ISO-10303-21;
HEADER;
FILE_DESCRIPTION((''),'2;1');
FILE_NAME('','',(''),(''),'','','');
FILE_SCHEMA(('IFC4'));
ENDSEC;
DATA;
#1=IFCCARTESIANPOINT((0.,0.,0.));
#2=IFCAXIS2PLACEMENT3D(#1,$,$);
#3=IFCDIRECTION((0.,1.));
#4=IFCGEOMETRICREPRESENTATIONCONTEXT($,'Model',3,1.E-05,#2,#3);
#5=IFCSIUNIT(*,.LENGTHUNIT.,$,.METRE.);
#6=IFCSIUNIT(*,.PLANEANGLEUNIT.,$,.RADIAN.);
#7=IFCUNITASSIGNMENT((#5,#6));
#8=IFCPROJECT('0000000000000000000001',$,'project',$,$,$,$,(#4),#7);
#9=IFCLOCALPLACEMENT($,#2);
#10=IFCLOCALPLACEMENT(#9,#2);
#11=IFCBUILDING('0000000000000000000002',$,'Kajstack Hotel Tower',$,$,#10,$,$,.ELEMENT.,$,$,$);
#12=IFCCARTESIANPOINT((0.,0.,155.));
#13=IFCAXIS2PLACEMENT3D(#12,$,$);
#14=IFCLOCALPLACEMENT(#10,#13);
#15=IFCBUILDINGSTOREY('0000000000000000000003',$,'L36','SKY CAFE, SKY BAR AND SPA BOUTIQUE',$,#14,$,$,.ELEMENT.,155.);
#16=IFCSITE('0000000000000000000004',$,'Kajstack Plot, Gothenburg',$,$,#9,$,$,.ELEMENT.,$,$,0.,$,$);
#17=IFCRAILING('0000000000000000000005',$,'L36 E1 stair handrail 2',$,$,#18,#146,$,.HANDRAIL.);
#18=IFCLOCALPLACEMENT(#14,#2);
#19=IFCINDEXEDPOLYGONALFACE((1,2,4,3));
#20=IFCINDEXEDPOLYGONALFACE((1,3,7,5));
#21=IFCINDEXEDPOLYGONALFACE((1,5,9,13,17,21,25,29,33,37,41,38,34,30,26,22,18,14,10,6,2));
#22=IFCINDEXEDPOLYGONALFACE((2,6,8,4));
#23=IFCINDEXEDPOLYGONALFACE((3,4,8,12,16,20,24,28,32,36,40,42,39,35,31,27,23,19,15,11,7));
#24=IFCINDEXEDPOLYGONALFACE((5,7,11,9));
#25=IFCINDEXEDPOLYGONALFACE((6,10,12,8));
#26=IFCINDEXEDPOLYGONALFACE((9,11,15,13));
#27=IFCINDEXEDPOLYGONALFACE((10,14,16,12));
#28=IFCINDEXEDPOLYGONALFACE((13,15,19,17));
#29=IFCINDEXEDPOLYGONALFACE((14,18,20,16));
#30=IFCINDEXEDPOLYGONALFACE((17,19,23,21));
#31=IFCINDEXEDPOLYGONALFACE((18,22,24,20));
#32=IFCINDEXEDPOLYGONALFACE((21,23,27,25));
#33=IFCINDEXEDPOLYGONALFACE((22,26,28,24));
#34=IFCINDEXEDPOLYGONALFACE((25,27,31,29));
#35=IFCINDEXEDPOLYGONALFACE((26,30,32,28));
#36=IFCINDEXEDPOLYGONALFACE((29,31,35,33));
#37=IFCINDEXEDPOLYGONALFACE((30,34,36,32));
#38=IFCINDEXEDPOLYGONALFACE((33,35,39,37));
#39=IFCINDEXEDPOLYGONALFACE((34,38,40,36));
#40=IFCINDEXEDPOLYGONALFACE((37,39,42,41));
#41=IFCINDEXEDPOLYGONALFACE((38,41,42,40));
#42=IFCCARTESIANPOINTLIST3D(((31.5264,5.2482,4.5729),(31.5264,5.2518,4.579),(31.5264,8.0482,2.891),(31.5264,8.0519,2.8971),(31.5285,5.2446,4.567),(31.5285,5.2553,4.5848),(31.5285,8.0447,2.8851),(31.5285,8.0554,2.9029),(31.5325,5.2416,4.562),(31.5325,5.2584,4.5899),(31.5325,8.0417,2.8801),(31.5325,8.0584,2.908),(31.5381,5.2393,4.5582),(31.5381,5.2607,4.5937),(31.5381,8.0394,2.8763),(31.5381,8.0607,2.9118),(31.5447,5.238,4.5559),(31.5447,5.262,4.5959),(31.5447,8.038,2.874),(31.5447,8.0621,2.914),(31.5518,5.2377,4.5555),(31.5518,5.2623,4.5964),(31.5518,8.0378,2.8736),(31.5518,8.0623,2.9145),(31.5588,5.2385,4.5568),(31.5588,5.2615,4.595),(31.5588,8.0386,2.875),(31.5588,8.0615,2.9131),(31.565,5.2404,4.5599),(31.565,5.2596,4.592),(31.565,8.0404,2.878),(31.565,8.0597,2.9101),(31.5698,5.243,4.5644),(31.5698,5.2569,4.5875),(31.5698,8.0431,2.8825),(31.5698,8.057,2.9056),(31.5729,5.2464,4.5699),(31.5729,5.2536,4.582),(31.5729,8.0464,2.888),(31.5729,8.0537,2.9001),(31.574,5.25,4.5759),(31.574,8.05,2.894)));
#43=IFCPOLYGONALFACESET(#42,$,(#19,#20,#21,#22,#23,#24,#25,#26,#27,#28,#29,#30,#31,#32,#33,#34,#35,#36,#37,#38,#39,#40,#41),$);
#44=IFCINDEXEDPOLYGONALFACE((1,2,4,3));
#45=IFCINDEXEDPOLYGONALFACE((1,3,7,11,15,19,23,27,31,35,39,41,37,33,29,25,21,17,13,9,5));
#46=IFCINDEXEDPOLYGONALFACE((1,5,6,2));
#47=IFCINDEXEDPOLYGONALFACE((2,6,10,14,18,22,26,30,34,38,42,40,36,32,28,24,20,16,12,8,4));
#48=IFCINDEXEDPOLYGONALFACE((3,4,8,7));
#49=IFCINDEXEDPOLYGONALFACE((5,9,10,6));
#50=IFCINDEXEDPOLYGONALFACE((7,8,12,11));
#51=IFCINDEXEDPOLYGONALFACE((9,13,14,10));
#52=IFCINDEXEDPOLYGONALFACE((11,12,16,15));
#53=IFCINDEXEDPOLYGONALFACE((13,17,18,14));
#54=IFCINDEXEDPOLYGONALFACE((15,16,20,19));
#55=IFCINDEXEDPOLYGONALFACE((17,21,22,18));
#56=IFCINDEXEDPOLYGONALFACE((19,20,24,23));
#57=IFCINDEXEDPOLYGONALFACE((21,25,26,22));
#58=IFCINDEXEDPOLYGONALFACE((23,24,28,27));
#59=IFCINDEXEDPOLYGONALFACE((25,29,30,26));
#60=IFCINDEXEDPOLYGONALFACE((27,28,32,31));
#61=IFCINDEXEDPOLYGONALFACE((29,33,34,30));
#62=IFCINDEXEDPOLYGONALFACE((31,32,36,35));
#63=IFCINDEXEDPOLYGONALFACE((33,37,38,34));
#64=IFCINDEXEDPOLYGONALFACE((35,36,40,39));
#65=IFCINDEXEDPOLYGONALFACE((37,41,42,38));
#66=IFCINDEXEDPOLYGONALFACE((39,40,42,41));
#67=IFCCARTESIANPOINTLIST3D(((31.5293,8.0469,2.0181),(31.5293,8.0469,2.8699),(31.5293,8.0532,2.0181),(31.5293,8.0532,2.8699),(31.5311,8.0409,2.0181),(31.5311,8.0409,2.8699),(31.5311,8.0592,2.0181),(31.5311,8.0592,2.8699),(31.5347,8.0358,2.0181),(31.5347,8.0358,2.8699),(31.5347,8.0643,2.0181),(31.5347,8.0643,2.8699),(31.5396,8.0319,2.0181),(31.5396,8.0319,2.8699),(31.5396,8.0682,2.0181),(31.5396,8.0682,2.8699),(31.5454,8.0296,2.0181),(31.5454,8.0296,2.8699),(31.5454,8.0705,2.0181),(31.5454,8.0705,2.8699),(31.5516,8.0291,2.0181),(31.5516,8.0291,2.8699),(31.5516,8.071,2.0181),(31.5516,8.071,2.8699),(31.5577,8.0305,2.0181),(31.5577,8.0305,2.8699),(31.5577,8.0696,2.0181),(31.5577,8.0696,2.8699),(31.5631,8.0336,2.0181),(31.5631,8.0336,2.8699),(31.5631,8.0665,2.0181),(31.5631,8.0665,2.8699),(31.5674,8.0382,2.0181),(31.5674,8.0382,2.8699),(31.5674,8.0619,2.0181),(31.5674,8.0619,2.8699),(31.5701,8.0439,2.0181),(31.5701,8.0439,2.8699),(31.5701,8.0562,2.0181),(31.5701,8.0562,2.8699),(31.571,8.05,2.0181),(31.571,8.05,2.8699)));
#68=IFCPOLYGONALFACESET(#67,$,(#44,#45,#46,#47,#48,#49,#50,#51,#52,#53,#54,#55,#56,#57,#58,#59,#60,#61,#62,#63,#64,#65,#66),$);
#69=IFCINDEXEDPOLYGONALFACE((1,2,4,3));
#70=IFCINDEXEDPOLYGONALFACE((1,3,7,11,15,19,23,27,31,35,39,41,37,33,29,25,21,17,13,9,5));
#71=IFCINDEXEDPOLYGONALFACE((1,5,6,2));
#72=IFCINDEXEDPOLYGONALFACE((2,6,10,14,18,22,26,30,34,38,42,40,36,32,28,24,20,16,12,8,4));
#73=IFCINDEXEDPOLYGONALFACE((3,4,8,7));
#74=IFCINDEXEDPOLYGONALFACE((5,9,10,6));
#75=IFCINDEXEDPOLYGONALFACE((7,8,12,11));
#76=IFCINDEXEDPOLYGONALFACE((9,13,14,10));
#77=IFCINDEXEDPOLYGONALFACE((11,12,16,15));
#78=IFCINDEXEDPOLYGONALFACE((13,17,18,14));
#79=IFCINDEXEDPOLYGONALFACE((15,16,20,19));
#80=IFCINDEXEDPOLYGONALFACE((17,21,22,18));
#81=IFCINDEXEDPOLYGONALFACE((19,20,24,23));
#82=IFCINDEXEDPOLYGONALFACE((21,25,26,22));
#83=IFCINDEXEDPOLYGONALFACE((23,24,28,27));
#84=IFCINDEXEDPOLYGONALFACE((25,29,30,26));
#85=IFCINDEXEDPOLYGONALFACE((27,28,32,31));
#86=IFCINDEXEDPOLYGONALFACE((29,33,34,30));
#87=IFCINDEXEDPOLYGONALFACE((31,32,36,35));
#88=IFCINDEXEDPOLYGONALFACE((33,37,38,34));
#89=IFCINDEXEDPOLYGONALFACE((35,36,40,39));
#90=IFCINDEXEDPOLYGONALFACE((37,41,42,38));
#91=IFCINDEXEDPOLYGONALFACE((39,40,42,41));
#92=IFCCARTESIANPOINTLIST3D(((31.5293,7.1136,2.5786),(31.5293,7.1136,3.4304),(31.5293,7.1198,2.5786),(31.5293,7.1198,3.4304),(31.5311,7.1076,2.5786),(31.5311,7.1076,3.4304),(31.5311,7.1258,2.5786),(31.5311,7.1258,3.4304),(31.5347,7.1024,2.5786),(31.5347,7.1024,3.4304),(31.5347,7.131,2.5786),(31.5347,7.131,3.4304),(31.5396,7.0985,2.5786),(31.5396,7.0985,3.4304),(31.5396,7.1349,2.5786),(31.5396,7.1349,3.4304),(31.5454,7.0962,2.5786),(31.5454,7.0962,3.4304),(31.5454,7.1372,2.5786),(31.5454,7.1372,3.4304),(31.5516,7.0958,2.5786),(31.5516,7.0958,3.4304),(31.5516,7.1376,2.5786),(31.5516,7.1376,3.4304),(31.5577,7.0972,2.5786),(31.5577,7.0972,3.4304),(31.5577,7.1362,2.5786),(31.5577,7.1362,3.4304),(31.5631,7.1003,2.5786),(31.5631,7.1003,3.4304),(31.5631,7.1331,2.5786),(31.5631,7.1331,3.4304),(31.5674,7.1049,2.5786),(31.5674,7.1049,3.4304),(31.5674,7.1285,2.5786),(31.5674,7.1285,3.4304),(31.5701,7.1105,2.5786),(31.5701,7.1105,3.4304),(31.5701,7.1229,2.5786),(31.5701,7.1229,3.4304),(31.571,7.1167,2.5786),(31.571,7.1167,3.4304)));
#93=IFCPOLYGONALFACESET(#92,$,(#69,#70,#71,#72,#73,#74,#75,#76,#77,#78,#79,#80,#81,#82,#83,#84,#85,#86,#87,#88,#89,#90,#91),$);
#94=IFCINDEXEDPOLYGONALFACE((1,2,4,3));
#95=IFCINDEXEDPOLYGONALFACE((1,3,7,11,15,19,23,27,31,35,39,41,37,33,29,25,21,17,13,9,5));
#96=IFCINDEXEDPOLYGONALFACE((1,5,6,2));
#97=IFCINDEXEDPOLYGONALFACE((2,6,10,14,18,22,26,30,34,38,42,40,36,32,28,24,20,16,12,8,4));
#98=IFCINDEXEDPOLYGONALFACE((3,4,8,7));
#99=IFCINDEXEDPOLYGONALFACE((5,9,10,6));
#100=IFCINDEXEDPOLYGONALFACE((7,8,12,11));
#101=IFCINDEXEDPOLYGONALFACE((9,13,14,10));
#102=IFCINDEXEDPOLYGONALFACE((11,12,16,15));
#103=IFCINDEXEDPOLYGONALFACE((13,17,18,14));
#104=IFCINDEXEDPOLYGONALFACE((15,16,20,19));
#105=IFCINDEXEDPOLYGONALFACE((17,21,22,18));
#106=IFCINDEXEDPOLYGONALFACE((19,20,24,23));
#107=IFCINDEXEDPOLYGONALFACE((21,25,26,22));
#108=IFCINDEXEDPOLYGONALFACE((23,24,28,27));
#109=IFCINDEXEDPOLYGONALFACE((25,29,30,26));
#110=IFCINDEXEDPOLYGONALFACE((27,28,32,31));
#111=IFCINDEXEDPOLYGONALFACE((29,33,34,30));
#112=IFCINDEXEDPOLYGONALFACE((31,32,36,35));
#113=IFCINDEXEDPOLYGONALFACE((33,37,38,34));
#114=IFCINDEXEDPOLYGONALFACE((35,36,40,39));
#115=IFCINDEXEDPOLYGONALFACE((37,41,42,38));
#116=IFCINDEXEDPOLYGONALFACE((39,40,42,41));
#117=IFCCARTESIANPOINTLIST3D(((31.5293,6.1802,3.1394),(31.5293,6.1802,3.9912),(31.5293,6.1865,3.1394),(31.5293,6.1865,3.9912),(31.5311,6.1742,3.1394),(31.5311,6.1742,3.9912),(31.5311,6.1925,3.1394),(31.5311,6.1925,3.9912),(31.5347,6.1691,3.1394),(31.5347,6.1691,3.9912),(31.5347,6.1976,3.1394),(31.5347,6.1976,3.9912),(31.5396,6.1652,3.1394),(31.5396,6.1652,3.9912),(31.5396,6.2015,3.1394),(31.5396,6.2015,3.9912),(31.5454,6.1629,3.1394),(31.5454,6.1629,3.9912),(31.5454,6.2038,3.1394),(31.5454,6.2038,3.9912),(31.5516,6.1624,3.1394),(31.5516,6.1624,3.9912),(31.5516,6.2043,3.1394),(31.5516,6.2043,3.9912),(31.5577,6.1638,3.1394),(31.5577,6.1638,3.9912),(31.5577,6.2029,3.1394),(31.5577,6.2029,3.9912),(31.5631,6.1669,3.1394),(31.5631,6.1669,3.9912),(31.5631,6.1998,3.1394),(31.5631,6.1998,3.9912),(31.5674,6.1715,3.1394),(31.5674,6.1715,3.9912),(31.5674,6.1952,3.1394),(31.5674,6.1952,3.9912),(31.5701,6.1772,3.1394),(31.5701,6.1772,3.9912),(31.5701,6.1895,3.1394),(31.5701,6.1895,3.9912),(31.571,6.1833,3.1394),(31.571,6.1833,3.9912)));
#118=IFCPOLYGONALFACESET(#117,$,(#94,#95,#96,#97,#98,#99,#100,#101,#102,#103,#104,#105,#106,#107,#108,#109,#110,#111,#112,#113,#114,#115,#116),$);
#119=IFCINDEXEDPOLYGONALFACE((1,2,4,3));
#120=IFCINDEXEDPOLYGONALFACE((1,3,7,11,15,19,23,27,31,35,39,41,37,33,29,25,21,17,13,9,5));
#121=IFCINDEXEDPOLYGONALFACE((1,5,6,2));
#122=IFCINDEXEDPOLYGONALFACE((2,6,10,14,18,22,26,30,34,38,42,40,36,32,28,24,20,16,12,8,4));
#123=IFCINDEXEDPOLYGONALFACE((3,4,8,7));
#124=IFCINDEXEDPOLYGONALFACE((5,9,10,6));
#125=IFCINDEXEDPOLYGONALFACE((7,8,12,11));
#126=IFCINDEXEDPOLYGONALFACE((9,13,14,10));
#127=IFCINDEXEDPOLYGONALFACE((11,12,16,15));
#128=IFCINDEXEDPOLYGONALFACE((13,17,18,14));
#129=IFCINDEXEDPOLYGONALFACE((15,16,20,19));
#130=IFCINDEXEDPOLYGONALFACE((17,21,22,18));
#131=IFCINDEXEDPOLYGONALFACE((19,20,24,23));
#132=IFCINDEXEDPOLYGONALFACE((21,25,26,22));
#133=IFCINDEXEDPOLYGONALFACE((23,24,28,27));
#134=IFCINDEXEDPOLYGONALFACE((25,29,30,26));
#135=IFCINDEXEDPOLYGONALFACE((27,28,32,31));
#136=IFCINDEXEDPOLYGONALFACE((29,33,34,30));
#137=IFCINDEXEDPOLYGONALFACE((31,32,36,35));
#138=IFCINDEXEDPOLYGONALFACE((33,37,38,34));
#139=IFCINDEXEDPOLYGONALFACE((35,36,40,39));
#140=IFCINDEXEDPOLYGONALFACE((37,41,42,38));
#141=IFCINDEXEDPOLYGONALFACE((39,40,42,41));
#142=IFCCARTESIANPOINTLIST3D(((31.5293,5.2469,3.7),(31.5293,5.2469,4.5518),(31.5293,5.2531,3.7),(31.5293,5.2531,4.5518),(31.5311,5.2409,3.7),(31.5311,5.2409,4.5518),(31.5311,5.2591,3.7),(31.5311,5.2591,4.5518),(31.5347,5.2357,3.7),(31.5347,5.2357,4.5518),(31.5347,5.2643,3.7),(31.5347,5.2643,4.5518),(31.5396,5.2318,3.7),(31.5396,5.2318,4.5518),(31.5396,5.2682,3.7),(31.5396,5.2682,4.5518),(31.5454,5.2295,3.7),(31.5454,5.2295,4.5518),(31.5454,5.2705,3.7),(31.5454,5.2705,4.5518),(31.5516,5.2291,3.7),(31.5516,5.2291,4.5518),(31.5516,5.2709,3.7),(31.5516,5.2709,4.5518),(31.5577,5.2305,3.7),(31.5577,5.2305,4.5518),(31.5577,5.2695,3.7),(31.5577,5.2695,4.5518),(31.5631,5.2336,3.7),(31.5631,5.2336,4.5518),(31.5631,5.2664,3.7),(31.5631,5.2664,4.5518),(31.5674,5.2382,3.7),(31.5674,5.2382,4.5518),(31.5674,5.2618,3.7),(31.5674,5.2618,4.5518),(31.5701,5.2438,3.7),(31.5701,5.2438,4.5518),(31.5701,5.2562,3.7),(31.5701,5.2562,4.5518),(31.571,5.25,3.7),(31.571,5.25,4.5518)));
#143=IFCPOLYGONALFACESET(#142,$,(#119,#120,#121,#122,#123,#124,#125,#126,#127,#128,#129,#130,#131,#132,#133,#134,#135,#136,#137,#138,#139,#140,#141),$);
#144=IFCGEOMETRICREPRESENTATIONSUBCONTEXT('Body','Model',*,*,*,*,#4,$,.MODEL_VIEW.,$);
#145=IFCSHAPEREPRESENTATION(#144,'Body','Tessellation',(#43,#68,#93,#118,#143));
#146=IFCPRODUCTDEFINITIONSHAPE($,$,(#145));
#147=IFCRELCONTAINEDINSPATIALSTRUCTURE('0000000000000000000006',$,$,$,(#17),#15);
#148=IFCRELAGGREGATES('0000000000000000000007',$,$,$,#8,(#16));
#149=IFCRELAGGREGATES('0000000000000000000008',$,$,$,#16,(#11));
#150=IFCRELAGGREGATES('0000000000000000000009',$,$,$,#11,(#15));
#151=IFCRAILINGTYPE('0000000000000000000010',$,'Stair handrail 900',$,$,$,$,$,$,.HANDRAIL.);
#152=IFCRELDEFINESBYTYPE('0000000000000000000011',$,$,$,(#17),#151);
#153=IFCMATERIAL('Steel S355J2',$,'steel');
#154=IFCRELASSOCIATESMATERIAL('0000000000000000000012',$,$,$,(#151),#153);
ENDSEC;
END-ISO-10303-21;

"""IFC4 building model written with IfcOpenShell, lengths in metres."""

from ifc_helpers import new_model, si_unit, direction, frame, origin, origin_2d, place, context, subcontext, project, spatial, circle, extrude, material, type_object, element, save


model = new_model("IFC4")

# Units and contexts
model_context = context("Model", 3, precision=1e-05, world=origin(), true_north=direction((0.0, 1.0)))
body_context = subcontext(model_context, "Body", "Model", "MODEL_VIEW")
ifc_project = project(units=[si_unit("LENGTHUNIT", "METRE"), si_unit("PLANEANGLEUNIT", "RADIAN")], contexts=[model_context])

# Site, building, storey
site_placement = place(None, origin())
site = spatial("IfcSite", under=ifc_project, at=site_placement, Name="Kajstack Plot, Gothenburg", CompositionType="ELEMENT", RefElevation=0.0)
building_placement = place(site_placement, origin())
building = spatial("IfcBuilding", under=site, at=building_placement, Name="Kajstack Hotel Tower", CompositionType="ELEMENT")
storey_placement = place(building_placement, frame((0.0, 0.0, 155.0)))
storey = spatial("IfcBuildingStorey", under=building, at=storey_placement, Name="L36", Description="SKY CAFE, SKY BAR AND SPA BOUTIQUE", CompositionType="ELEMENT", Elevation=155.0)

# Railing
ifc_material_1 = material(Name="Steel S355J2", Category="steel")
railing_type_1 = type_object("IfcRailingType", Name="Stair handrail 900", PredefinedType="HANDRAIL", material=ifc_material_1)
railing_1_placement = place(storey_placement, frame((31.55, 8.05, 2.0181)))
element("IfcRailing", 1, at=railing_1_placement, inside=storey, type_object=railing_type_1, Name="L36 E1 stair handrail 2", PredefinedType="HANDRAIL", context=body_context, shape_type="SweptSolid", body=[
    extrude(circle(Radius=0.0239, at=origin_2d()), frame((0.0, 0.0, 0.876), z_axis=(0.0, -0.857242, 0.514913), x_axis=(1.0, 0.0, 0.0)), (0.0, 0.0, 1.0), 3.2664),
    extrude(circle(Radius=0.021, at=origin_2d()), origin(), (0.0, 0.0, 1.0), 0.8518),
    extrude(circle(Radius=0.021, at=origin_2d()), frame((0.0, -0.9333, 0.5605)), (0.0, 0.0, 1.0), 0.8518),
    extrude(circle(Radius=0.021, at=origin_2d()), frame((0.0, -1.8667, 1.1213)), (0.0, 0.0, 1.0), 0.8518),
    extrude(circle(Radius=0.021, at=origin_2d()), frame((0.0, -2.8, 1.6819)), (0.0, 0.0, 1.0), 0.8518),
])

save(model, "model.ifc")
